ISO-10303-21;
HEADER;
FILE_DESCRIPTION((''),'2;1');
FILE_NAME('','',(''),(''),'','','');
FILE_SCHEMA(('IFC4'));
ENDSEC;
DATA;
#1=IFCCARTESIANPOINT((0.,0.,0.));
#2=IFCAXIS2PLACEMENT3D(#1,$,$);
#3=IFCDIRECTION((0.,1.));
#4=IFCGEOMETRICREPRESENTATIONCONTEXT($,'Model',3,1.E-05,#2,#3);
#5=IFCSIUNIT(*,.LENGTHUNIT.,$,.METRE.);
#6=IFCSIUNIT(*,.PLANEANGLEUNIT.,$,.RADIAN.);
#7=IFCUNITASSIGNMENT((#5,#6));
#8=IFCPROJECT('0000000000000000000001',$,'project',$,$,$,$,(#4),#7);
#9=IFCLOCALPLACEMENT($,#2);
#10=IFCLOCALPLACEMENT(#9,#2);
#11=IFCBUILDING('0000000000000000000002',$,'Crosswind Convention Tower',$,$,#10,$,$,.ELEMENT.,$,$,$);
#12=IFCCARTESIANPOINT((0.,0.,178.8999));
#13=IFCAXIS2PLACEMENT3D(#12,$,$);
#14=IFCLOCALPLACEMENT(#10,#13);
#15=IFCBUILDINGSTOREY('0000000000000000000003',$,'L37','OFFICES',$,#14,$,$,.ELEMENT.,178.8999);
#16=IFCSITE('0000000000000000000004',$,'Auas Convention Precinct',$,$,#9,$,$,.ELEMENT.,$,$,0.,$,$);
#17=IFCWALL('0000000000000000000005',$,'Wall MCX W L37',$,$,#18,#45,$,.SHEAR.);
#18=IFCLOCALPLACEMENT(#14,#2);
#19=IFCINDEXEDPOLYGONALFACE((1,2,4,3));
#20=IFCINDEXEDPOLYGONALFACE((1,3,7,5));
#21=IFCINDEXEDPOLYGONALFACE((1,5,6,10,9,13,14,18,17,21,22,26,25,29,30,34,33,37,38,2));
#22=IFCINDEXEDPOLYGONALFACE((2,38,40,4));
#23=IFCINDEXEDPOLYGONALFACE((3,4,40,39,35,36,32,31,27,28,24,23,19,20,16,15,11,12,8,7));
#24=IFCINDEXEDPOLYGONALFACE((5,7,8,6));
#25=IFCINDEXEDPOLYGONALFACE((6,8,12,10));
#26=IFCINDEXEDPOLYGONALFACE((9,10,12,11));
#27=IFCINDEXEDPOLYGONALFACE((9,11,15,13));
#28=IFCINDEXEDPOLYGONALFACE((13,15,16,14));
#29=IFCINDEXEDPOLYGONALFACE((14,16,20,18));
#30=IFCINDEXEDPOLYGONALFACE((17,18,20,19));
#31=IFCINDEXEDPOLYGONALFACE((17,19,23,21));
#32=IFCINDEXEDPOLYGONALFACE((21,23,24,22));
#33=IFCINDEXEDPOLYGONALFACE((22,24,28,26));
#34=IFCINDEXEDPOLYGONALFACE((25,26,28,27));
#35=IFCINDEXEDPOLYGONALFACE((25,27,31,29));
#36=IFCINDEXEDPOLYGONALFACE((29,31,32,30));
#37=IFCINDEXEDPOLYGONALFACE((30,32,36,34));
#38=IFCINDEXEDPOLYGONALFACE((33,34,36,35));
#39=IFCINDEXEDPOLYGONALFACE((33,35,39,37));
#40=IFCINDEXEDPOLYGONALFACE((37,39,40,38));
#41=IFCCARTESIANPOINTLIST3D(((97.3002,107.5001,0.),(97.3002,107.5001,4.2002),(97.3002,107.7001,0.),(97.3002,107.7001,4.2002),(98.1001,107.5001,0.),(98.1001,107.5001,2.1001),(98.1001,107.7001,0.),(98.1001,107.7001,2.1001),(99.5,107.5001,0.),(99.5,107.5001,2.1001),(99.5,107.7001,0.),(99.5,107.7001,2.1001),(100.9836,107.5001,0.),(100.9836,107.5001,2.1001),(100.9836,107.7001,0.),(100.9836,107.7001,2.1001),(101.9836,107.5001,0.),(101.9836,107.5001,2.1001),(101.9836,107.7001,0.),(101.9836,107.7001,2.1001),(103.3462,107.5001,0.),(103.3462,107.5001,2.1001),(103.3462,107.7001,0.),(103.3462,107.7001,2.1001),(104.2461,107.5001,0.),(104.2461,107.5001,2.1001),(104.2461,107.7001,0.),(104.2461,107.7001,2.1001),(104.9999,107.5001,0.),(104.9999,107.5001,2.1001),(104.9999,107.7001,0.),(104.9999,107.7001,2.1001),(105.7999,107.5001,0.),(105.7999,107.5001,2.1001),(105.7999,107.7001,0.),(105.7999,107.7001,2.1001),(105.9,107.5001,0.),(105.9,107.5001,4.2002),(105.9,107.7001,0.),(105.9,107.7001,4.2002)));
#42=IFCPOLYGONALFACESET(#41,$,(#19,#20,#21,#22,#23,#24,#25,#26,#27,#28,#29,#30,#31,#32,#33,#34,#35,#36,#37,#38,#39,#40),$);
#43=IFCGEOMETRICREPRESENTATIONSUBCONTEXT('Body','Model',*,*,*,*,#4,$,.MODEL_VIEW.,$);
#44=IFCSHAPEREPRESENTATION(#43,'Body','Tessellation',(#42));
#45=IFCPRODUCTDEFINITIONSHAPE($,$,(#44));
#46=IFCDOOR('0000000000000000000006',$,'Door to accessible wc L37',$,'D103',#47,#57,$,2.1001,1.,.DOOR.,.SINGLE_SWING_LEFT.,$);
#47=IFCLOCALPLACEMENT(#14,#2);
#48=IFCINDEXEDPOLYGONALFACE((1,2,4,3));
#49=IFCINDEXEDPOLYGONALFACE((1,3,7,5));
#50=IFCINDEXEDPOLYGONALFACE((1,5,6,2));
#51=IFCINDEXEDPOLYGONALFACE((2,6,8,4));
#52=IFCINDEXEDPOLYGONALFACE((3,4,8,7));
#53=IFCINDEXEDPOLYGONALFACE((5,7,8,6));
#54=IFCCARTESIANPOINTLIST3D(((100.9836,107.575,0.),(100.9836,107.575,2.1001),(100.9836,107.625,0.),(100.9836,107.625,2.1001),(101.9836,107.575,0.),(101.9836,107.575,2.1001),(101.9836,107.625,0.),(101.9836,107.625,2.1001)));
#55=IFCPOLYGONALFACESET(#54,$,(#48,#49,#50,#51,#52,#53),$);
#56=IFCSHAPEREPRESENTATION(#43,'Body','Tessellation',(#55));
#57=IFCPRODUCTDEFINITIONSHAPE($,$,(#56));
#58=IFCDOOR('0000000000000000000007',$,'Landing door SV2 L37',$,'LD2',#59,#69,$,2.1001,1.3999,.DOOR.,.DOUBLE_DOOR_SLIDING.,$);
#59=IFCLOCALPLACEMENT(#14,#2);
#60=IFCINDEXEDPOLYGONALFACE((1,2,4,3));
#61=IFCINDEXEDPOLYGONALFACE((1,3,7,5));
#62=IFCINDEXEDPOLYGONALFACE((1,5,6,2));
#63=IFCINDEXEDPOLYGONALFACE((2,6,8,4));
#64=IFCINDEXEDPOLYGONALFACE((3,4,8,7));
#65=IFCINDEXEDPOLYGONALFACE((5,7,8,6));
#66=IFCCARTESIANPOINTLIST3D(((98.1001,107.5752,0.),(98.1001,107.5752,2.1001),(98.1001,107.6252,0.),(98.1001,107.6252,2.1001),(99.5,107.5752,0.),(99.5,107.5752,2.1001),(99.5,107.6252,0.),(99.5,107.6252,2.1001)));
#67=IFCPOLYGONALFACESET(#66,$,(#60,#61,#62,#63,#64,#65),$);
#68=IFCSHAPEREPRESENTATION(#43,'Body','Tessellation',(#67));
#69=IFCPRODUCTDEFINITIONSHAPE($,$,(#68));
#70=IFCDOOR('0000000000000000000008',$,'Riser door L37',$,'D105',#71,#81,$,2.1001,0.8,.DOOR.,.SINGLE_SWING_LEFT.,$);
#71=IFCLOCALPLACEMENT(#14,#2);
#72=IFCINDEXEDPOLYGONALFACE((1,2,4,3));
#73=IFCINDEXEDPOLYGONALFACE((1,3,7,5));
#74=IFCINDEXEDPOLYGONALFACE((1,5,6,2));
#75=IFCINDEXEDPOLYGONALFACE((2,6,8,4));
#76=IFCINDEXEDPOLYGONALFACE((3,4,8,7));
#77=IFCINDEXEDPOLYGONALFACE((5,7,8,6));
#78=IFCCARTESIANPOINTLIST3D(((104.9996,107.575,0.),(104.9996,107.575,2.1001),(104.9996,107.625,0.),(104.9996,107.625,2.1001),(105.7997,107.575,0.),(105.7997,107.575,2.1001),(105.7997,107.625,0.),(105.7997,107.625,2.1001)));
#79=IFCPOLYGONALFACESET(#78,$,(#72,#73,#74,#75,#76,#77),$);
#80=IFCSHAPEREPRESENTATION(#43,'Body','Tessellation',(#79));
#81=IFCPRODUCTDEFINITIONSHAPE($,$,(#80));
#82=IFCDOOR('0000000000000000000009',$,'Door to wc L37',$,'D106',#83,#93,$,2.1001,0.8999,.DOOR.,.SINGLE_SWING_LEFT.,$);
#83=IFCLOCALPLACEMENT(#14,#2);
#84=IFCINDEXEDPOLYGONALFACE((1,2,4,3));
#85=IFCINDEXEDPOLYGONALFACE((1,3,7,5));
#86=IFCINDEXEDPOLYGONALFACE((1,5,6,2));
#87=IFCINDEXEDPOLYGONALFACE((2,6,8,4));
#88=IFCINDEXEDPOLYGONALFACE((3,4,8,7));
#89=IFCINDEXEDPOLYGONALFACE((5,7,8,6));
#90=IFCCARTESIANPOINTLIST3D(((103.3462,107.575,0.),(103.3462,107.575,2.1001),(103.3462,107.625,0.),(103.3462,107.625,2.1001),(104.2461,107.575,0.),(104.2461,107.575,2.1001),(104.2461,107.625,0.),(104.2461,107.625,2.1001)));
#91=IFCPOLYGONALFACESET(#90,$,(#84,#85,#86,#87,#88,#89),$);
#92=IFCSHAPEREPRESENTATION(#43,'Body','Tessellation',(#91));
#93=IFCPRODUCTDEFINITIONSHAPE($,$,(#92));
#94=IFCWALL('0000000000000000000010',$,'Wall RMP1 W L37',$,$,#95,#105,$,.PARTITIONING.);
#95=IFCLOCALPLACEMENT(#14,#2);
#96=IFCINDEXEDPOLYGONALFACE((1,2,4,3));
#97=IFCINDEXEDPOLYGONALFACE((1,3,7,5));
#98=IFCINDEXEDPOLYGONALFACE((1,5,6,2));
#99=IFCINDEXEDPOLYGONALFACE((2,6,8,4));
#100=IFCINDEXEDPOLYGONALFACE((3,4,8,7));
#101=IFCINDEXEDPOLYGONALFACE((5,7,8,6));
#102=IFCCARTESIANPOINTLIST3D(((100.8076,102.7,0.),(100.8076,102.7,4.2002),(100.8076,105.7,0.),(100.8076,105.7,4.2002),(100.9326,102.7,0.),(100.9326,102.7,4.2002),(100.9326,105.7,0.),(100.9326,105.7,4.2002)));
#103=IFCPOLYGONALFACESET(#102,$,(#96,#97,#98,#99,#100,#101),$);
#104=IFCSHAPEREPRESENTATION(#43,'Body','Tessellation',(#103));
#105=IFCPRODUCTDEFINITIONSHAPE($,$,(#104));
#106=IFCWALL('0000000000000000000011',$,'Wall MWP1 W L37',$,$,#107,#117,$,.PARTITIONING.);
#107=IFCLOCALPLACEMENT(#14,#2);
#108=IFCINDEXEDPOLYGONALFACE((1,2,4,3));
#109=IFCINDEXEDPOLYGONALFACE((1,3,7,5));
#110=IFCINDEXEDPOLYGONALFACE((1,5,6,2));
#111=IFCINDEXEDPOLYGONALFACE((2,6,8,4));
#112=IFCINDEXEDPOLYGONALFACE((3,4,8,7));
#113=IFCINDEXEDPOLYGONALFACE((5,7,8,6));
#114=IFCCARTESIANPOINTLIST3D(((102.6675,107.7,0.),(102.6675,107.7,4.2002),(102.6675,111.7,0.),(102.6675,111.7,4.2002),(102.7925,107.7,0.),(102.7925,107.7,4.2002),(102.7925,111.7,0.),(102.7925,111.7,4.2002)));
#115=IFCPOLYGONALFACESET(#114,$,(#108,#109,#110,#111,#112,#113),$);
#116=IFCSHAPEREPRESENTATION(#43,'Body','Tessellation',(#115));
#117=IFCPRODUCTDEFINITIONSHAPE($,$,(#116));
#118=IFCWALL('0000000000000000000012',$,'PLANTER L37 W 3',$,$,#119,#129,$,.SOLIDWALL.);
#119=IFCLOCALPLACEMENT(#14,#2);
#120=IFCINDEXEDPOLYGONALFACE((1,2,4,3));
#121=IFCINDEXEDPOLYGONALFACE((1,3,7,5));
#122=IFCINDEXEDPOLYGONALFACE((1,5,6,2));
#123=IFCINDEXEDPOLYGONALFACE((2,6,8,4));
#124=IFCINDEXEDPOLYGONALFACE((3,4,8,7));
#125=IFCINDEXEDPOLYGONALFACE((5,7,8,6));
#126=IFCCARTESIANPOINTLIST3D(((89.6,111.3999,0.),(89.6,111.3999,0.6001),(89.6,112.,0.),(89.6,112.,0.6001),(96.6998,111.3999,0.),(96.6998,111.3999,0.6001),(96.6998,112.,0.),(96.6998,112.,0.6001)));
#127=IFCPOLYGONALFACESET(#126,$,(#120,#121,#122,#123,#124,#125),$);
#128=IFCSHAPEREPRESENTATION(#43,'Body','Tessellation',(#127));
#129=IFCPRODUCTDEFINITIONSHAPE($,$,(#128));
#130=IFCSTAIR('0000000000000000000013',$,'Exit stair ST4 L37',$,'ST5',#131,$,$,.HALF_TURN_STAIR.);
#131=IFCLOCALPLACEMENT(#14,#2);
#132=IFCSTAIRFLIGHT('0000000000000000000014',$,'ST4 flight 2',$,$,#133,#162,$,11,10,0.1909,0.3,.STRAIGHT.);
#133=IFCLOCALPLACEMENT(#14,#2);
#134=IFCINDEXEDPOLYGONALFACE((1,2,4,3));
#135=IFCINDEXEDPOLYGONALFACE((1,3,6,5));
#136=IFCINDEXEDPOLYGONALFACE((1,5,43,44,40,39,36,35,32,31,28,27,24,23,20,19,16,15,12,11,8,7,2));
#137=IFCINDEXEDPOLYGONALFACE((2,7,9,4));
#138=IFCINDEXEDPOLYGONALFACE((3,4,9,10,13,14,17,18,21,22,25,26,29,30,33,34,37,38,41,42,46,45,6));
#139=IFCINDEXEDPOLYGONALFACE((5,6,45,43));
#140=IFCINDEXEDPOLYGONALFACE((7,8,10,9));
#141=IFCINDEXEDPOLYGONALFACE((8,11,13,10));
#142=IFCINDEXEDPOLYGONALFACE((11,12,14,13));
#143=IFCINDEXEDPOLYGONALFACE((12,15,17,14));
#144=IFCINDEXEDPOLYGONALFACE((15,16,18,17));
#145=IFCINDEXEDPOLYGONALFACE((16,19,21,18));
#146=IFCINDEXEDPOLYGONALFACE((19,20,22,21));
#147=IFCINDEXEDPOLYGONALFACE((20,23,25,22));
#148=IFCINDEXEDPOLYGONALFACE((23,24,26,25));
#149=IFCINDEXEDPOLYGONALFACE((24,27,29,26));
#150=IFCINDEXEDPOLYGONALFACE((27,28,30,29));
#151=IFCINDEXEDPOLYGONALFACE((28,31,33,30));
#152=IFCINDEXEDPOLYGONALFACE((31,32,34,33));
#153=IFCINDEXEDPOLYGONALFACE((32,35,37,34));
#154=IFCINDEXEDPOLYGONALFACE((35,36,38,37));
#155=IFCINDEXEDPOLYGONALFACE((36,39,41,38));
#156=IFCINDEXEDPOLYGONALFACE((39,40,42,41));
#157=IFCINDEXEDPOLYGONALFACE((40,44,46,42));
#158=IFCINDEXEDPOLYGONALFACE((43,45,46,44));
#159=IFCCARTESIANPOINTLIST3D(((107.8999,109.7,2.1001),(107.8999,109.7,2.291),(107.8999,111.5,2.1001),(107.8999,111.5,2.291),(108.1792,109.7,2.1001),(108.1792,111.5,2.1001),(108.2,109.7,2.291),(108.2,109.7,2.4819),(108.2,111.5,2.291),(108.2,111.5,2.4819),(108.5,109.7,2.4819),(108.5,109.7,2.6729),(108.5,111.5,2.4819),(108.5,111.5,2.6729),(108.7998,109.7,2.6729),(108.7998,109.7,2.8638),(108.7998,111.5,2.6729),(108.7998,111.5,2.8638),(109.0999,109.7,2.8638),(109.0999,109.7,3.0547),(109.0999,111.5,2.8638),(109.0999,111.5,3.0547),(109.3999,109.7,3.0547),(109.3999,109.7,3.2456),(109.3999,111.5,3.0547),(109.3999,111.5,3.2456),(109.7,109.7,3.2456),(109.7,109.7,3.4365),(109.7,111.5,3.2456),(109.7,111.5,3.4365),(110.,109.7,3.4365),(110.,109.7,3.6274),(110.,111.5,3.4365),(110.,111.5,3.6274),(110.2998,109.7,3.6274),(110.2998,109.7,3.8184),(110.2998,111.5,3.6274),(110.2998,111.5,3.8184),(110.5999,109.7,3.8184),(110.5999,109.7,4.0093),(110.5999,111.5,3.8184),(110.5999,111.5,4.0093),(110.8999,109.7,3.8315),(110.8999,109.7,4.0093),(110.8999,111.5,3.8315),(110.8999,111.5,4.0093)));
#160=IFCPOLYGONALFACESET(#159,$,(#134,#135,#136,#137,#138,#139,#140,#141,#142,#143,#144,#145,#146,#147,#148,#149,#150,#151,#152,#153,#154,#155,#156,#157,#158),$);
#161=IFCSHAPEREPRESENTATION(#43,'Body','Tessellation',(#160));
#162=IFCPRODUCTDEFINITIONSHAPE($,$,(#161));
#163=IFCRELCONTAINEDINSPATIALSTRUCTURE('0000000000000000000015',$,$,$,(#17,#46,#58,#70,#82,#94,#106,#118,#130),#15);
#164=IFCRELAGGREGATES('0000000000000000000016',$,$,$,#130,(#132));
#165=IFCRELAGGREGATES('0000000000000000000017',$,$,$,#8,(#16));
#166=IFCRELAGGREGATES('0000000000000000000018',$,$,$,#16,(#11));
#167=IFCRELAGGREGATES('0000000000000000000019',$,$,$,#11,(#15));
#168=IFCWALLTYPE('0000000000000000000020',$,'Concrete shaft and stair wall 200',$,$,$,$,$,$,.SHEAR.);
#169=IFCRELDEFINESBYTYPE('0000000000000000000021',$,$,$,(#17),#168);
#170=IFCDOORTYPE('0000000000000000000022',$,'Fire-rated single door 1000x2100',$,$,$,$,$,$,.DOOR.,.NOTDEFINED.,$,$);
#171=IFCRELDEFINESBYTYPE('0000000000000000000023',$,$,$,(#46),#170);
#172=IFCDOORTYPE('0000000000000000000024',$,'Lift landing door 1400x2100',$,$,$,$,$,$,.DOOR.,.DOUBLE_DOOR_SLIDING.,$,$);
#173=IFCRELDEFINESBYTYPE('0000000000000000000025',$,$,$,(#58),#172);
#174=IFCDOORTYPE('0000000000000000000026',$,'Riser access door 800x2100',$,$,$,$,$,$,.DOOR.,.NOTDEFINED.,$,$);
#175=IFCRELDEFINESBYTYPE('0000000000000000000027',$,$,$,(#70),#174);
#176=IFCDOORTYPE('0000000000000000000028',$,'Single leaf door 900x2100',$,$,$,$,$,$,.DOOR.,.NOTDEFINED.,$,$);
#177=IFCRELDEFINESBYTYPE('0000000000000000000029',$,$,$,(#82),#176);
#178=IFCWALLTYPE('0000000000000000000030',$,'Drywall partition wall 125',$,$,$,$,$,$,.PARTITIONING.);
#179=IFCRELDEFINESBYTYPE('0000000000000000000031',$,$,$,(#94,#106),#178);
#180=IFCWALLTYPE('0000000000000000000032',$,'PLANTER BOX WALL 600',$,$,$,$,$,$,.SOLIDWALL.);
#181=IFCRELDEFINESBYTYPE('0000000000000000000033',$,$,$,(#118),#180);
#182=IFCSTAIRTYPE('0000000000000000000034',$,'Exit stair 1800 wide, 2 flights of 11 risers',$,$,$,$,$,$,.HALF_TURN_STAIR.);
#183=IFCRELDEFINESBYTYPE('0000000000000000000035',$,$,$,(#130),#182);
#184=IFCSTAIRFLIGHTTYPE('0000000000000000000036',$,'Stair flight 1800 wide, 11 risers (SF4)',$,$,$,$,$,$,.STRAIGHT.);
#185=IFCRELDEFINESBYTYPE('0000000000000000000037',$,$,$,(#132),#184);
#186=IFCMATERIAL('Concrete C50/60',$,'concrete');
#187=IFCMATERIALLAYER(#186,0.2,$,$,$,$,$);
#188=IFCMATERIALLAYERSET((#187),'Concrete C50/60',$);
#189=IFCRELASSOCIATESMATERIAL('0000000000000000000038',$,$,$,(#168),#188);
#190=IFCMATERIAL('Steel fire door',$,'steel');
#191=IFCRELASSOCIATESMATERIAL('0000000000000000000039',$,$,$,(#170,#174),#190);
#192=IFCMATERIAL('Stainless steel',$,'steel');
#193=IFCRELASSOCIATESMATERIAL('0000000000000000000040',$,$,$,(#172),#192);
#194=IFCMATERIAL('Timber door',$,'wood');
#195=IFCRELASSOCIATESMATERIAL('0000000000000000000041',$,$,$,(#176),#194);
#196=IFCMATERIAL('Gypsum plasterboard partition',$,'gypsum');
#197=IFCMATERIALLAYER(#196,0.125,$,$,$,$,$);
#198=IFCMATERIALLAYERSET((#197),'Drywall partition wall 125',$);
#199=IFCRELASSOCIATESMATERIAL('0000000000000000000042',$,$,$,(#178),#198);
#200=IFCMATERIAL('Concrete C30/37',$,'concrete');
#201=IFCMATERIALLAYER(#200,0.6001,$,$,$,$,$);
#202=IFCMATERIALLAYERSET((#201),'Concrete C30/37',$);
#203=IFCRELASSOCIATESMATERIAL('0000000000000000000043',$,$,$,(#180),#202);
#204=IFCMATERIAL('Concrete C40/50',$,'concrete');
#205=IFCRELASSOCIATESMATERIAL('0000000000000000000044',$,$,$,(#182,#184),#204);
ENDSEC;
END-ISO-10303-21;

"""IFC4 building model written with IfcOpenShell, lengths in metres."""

from ifc_helpers import new_model, si_unit, direction, frame, frame_2d, origin, place, context, subcontext, project, spatial, polyline, rectangle, outline, extrude, material, layer, layer_set, type_object, element, fill, aggregate, save


model = new_model("IFC4")

# Units and contexts
model_context = context("Model", 3, precision=1e-05, world=origin(), true_north=direction((0.0, 1.0)))
body_context = subcontext(model_context, "Body", "Model", "MODEL_VIEW")
ifc_project = project(units=[si_unit("LENGTHUNIT", "METRE"), si_unit("PLANEANGLEUNIT", "RADIAN")], contexts=[model_context])

# Site, building, storey
site_placement = place(None, origin())
site = spatial("IfcSite", under=ifc_project, at=site_placement, Name="Auas Convention Precinct", CompositionType="ELEMENT", RefElevation=0.0)
building_placement = place(site_placement, origin())
building = spatial("IfcBuilding", under=site, at=building_placement, Name="Crosswind Convention Tower", CompositionType="ELEMENT")
storey_placement = place(building_placement, frame((0.0, 0.0, 178.8999)))
storey = spatial("IfcBuildingStorey", under=building, at=storey_placement, Name="L37", Description="OFFICES", CompositionType="ELEMENT", Elevation=178.8999)

# Shared definitions
ifc_material_1 = material(Name="Concrete C50/60", Category="concrete")
ifc_layer_1 = layer(ifc_material_1, 0.2)
ifc_layer_set_1 = layer_set([ifc_layer_1], Name="Concrete C50/60")
wall_type_1 = type_object("IfcWallType", Name="Concrete shaft and stair wall 200", PredefinedType="SHEAR", material=ifc_layer_set_1)

# Wall, openings, doors
wall_1_placement = place(storey_placement, frame((105.8999, 107.6001, 0.0), z_axis=(0.0, 0.0, 1.0), x_axis=(-1.0, 0.0, 0.0)))
wall_1 = element("IfcWall", 1, at=wall_1_placement, inside=storey, type_object=wall_type_1, Name="Wall MCX W L37", PredefinedType="SHEAR", context=body_context, shape_type="SweptSolid", body=[
    extrude(rectangle(XDim=8.5999, YDim=0.2, at=frame_2d((4.2998, 0.0))), origin(), (0.0, 0.0, 1.0), 4.2002),
])
opening_1_placement = place(wall_1_placement, frame((0.1001, 0.0, 0.0)))
opening_1 = element("IfcOpeningElement", 2, at=opening_1_placement, cuts=wall_1, PredefinedType="OPENING", context=body_context, shape_type="SweptSolid", body=[
    extrude(rectangle(XDim=0.8, YDim=2.1001, at=frame_2d((0.3999, 1.05))), frame((0.0, 0.1099, 0.0), z_axis=(0.0, -1.0, 0.0), x_axis=(1.0, 0.0, 0.0)), (0.0, 0.0, 1.0), 0.22),
])
opening_2_placement = place(wall_1_placement, frame((1.6538, 0.0, 0.0)))
opening_2 = element("IfcOpeningElement", 3, at=opening_2_placement, cuts=wall_1, PredefinedType="OPENING", context=body_context, shape_type="SweptSolid", body=[
    extrude(rectangle(XDim=0.8999, YDim=2.1001, at=frame_2d((0.45, 1.05))), frame((0.0, 0.1099, 0.0), z_axis=(0.0, -1.0, 0.0), x_axis=(1.0, 0.0, 0.0)), (0.0, 0.0, 1.0), 0.22),
])
opening_3_placement = place(wall_1_placement, frame((3.9163, 0.0, 0.0)))
opening_3 = element("IfcOpeningElement", 4, at=opening_3_placement, cuts=wall_1, PredefinedType="OPENING", context=body_context, shape_type="SweptSolid", body=[
    extrude(rectangle(XDim=1.0, YDim=2.1001, at=frame_2d((0.5, 1.05))), frame((0.0, 0.1099, 0.0), z_axis=(0.0, -1.0, 0.0), x_axis=(1.0, 0.0, 0.0)), (0.0, 0.0, 1.0), 0.22),
])
opening_4_placement = place(wall_1_placement, frame((6.3999, 0.0, 0.0)))
opening_4 = element("IfcOpeningElement", 5, at=opening_4_placement, cuts=wall_1, PredefinedType="OPENING", context=body_context, shape_type="SweptSolid", body=[
    extrude(rectangle(XDim=1.3999, YDim=2.1001, at=frame_2d((0.7, 1.05))), frame((0.0, 0.1099, 0.0), z_axis=(0.0, -1.0, 0.0), x_axis=(1.0, 0.0, 0.0)), (0.0, 0.0, 1.0), 0.22),
])
ifc_material_2 = material(Name="Steel fire door", Category="steel")
door_type_1 = type_object("IfcDoorType", Name="Fire-rated single door 1000x2100", OperationType="NOTDEFINED", PredefinedType="DOOR", material=ifc_material_2)
door_1_placement = place(opening_3_placement, frame((1.0, 0.0, 0.0), z_axis=(0.0, 0.0, 1.0), x_axis=(-1.0, 0.0, 0.0)))
door_1 = element("IfcDoor", 6, at=door_1_placement, inside=storey, type_object=door_type_1, Name="Door to accessible wc L37", ObjectType="D103", OperationType="SINGLE_SWING_LEFT", OverallHeight=2.1001, OverallWidth=1.0, PredefinedType="DOOR", context=body_context, shape_type="SweptSolid", body=[
    extrude(rectangle(XDim=1.0, YDim=2.1001, at=frame_2d((0.5, 1.05))), frame((0.0, 0.0249, 0.0), z_axis=(0.0, -1.0, 0.0), x_axis=(1.0, 0.0, 0.0)), (0.0, 0.0, 1.0), 0.05),
])
fill(opening_3, door_1)
ifc_material_3 = material(Name="Stainless steel", Category="steel")
door_type_2 = type_object("IfcDoorType", Name="Lift landing door 1400x2100", OperationType="DOUBLE_DOOR_SLIDING", PredefinedType="DOOR", material=ifc_material_3)
door_2_placement = place(opening_4_placement, origin())
door_2 = element("IfcDoor", 7, at=door_2_placement, inside=storey, type_object=door_type_2, Name="Landing door SV2 L37", ObjectType="LD2", OperationType="DOUBLE_DOOR_SLIDING", OverallHeight=2.1001, OverallWidth=1.3999, PredefinedType="DOOR", context=body_context, shape_type="SweptSolid", body=[
    extrude(rectangle(XDim=1.3999, YDim=2.1001, at=frame_2d((0.7, 1.05))), frame((0.0, 0.0249, 0.0), z_axis=(0.0, -1.0, 0.0), x_axis=(1.0, 0.0, 0.0)), (0.0, 0.0, 1.0), 0.05),
])
fill(opening_4, door_2)
door_type_3 = type_object("IfcDoorType", Name="Riser access door 800x2100", OperationType="NOTDEFINED", PredefinedType="DOOR", material=ifc_material_2)
door_3_placement = place(opening_1_placement, frame((0.8, 0.0, 0.0), z_axis=(0.0, 0.0, 1.0), x_axis=(-1.0, 0.0, 0.0)))
door_3 = element("IfcDoor", 8, at=door_3_placement, inside=storey, type_object=door_type_3, Name="Riser door L37", ObjectType="D105", OperationType="SINGLE_SWING_LEFT", OverallHeight=2.1001, OverallWidth=0.8, PredefinedType="DOOR", context=body_context, shape_type="SweptSolid", body=[
    extrude(rectangle(XDim=0.8, YDim=2.1001, at=frame_2d((0.3999, 1.05))), frame((0.0, 0.0249, 0.0), z_axis=(0.0, -1.0, 0.0), x_axis=(1.0, 0.0, 0.0)), (0.0, 0.0, 1.0), 0.05),
])
fill(opening_1, door_3)
ifc_material_4 = material(Name="Timber door", Category="wood")
door_type_4 = type_object("IfcDoorType", Name="Single leaf door 900x2100", OperationType="NOTDEFINED", PredefinedType="DOOR", material=ifc_material_4)
door_4_placement = place(opening_2_placement, frame((0.8999, 0.0, 0.0), z_axis=(0.0, 0.0, 1.0), x_axis=(-1.0, 0.0, 0.0)))
door_4 = element("IfcDoor", 9, at=door_4_placement, inside=storey, type_object=door_type_4, Name="Door to wc L37", ObjectType="D106", OperationType="SINGLE_SWING_LEFT", OverallHeight=2.1001, OverallWidth=0.8999, PredefinedType="DOOR", context=body_context, shape_type="SweptSolid", body=[
    extrude(rectangle(XDim=0.8999, YDim=2.1001, at=frame_2d((0.45, 1.05))), frame((0.0, 0.0249, 0.0), z_axis=(0.0, -1.0, 0.0), x_axis=(1.0, 0.0, 0.0)), (0.0, 0.0, 1.0), 0.05),
])
fill(opening_2, door_4)

# Walls
ifc_material_5 = material(Name="Gypsum plasterboard partition", Category="gypsum")
ifc_layer_2 = layer(ifc_material_5, 0.125)
ifc_layer_set_2 = layer_set([ifc_layer_2], Name="Drywall partition wall 125")
wall_type_2 = type_object("IfcWallType", Name="Drywall partition wall 125", PredefinedType="PARTITIONING", material=ifc_layer_set_2)
wall_2_placement = place(storey_placement, frame((100.8701, 105.7, 0.0), z_axis=(0.0, 0.0, 1.0), x_axis=(0.0, -1.0, 0.0)))
element("IfcWall", 10, at=wall_2_placement, inside=storey, type_object=wall_type_2, Name="Wall RMP1 W L37", PredefinedType="PARTITIONING", context=body_context, shape_type="SweptSolid", body=[
    extrude(rectangle(XDim=3.0, YDim=0.125, at=frame_2d((1.5, 0.0))), origin(), (0.0, 0.0, 1.0), 4.2002),
])
wall_3_placement = place(storey_placement, frame((102.73, 111.7, 0.0), z_axis=(0.0, 0.0, 1.0), x_axis=(0.0, -1.0, 0.0)))
element("IfcWall", 11, at=wall_3_placement, inside=storey, type_object=wall_type_2, Name="Wall MWP1 W L37", PredefinedType="PARTITIONING", context=body_context, shape_type="SweptSolid", body=[
    extrude(rectangle(XDim=4.0, YDim=0.125, at=frame_2d((2.0, 0.0))), origin(), (0.0, 0.0, 1.0), 4.2002),
])
ifc_material_6 = material(Name="Concrete C30/37", Category="concrete")
ifc_layer_3 = layer(ifc_material_6, 0.6001)
ifc_layer_set_3 = layer_set([ifc_layer_3], Name="Concrete C30/37")
wall_type_3 = type_object("IfcWallType", Name="PLANTER BOX WALL 600", PredefinedType="SOLIDWALL", material=ifc_layer_set_3)
wall_4_placement = place(storey_placement, frame((89.6001, 111.7, 0.0), z_axis=(0.0, 0.0, 1.0), x_axis=(1.0, 0.0, 0.0)))
element("IfcWall", 12, at=wall_4_placement, inside=storey, type_object=wall_type_3, Name="PLANTER L37 W 3", PredefinedType="SOLIDWALL", context=body_context, shape_type="SweptSolid", body=[
    extrude(rectangle(XDim=7.0999, YDim=0.6001, at=frame_2d((3.5498, 0.0))), origin(), (0.0, 0.0, 1.0), 0.6001),
])

# Stair, stair flight
ifc_material_7 = material(Name="Concrete C40/50", Category="concrete")
stair_type = type_object("IfcStairType", Name="Exit stair 1800 wide, 2 flights of 11 risers", PredefinedType="HALF_TURN_STAIR", material=ifc_material_7)
stair_placement = place(storey_placement, origin())
stair = element("IfcStair", 13, at=stair_placement, inside=storey, type_object=stair_type, Name="Exit stair ST4 L37", ObjectType="ST5", PredefinedType="HALF_TURN_STAIR")
stair_flight_type = type_object("IfcStairFlightType", Name="Stair flight 1800 wide, 11 risers (SF4)", PredefinedType="STRAIGHT", material=ifc_material_7)
stair_flight_placement = place(storey_placement, frame((107.8999, 110.6001, 2.1001), z_axis=(0.0, 0.0, 1.0), x_axis=(1.0, 0.0, 0.0)))
stair_flight = element("IfcStairFlight", 14, at=stair_flight_placement, type_object=stair_flight_type, Name="ST4 flight 2", NumberOfRisers=11, NumberOfTreads=10, PredefinedType="STRAIGHT", RiserHeight=0.1909, TreadLength=0.3, context=body_context, shape_type="SweptSolid", body=[
    extrude(outline(polyline([(0.0, 0.0), (0.0, 0.1909), (0.3, 0.1909), (0.3, 0.3818), (0.6001, 0.3818), (0.6001, 0.5728), (0.8999, 0.5728), (0.8999, 0.7637), (1.2, 0.7637), (1.2, 0.9546), (1.5, 0.9546), (1.5, 1.1455), (1.8, 1.1455), (1.8, 1.3364), (2.1001, 1.3364), (2.1001, 1.5273), (2.3999, 1.5273), (2.3999, 1.7183), (2.7, 1.7183), (2.7, 1.9092), (3.0, 1.9092), (3.0, 2.1001), (3.0, 1.7314), (0.2793, 0.0), (0.0, 0.0)])), frame((0.0, 0.8999, 0.0), z_axis=(0.0, -1.0, 0.0), x_axis=(1.0, 0.0, 0.0)), (0.0, 0.0, 1.0), 1.8),
])
aggregate(stair, [stair_flight])

save(model, "model.ifc")
